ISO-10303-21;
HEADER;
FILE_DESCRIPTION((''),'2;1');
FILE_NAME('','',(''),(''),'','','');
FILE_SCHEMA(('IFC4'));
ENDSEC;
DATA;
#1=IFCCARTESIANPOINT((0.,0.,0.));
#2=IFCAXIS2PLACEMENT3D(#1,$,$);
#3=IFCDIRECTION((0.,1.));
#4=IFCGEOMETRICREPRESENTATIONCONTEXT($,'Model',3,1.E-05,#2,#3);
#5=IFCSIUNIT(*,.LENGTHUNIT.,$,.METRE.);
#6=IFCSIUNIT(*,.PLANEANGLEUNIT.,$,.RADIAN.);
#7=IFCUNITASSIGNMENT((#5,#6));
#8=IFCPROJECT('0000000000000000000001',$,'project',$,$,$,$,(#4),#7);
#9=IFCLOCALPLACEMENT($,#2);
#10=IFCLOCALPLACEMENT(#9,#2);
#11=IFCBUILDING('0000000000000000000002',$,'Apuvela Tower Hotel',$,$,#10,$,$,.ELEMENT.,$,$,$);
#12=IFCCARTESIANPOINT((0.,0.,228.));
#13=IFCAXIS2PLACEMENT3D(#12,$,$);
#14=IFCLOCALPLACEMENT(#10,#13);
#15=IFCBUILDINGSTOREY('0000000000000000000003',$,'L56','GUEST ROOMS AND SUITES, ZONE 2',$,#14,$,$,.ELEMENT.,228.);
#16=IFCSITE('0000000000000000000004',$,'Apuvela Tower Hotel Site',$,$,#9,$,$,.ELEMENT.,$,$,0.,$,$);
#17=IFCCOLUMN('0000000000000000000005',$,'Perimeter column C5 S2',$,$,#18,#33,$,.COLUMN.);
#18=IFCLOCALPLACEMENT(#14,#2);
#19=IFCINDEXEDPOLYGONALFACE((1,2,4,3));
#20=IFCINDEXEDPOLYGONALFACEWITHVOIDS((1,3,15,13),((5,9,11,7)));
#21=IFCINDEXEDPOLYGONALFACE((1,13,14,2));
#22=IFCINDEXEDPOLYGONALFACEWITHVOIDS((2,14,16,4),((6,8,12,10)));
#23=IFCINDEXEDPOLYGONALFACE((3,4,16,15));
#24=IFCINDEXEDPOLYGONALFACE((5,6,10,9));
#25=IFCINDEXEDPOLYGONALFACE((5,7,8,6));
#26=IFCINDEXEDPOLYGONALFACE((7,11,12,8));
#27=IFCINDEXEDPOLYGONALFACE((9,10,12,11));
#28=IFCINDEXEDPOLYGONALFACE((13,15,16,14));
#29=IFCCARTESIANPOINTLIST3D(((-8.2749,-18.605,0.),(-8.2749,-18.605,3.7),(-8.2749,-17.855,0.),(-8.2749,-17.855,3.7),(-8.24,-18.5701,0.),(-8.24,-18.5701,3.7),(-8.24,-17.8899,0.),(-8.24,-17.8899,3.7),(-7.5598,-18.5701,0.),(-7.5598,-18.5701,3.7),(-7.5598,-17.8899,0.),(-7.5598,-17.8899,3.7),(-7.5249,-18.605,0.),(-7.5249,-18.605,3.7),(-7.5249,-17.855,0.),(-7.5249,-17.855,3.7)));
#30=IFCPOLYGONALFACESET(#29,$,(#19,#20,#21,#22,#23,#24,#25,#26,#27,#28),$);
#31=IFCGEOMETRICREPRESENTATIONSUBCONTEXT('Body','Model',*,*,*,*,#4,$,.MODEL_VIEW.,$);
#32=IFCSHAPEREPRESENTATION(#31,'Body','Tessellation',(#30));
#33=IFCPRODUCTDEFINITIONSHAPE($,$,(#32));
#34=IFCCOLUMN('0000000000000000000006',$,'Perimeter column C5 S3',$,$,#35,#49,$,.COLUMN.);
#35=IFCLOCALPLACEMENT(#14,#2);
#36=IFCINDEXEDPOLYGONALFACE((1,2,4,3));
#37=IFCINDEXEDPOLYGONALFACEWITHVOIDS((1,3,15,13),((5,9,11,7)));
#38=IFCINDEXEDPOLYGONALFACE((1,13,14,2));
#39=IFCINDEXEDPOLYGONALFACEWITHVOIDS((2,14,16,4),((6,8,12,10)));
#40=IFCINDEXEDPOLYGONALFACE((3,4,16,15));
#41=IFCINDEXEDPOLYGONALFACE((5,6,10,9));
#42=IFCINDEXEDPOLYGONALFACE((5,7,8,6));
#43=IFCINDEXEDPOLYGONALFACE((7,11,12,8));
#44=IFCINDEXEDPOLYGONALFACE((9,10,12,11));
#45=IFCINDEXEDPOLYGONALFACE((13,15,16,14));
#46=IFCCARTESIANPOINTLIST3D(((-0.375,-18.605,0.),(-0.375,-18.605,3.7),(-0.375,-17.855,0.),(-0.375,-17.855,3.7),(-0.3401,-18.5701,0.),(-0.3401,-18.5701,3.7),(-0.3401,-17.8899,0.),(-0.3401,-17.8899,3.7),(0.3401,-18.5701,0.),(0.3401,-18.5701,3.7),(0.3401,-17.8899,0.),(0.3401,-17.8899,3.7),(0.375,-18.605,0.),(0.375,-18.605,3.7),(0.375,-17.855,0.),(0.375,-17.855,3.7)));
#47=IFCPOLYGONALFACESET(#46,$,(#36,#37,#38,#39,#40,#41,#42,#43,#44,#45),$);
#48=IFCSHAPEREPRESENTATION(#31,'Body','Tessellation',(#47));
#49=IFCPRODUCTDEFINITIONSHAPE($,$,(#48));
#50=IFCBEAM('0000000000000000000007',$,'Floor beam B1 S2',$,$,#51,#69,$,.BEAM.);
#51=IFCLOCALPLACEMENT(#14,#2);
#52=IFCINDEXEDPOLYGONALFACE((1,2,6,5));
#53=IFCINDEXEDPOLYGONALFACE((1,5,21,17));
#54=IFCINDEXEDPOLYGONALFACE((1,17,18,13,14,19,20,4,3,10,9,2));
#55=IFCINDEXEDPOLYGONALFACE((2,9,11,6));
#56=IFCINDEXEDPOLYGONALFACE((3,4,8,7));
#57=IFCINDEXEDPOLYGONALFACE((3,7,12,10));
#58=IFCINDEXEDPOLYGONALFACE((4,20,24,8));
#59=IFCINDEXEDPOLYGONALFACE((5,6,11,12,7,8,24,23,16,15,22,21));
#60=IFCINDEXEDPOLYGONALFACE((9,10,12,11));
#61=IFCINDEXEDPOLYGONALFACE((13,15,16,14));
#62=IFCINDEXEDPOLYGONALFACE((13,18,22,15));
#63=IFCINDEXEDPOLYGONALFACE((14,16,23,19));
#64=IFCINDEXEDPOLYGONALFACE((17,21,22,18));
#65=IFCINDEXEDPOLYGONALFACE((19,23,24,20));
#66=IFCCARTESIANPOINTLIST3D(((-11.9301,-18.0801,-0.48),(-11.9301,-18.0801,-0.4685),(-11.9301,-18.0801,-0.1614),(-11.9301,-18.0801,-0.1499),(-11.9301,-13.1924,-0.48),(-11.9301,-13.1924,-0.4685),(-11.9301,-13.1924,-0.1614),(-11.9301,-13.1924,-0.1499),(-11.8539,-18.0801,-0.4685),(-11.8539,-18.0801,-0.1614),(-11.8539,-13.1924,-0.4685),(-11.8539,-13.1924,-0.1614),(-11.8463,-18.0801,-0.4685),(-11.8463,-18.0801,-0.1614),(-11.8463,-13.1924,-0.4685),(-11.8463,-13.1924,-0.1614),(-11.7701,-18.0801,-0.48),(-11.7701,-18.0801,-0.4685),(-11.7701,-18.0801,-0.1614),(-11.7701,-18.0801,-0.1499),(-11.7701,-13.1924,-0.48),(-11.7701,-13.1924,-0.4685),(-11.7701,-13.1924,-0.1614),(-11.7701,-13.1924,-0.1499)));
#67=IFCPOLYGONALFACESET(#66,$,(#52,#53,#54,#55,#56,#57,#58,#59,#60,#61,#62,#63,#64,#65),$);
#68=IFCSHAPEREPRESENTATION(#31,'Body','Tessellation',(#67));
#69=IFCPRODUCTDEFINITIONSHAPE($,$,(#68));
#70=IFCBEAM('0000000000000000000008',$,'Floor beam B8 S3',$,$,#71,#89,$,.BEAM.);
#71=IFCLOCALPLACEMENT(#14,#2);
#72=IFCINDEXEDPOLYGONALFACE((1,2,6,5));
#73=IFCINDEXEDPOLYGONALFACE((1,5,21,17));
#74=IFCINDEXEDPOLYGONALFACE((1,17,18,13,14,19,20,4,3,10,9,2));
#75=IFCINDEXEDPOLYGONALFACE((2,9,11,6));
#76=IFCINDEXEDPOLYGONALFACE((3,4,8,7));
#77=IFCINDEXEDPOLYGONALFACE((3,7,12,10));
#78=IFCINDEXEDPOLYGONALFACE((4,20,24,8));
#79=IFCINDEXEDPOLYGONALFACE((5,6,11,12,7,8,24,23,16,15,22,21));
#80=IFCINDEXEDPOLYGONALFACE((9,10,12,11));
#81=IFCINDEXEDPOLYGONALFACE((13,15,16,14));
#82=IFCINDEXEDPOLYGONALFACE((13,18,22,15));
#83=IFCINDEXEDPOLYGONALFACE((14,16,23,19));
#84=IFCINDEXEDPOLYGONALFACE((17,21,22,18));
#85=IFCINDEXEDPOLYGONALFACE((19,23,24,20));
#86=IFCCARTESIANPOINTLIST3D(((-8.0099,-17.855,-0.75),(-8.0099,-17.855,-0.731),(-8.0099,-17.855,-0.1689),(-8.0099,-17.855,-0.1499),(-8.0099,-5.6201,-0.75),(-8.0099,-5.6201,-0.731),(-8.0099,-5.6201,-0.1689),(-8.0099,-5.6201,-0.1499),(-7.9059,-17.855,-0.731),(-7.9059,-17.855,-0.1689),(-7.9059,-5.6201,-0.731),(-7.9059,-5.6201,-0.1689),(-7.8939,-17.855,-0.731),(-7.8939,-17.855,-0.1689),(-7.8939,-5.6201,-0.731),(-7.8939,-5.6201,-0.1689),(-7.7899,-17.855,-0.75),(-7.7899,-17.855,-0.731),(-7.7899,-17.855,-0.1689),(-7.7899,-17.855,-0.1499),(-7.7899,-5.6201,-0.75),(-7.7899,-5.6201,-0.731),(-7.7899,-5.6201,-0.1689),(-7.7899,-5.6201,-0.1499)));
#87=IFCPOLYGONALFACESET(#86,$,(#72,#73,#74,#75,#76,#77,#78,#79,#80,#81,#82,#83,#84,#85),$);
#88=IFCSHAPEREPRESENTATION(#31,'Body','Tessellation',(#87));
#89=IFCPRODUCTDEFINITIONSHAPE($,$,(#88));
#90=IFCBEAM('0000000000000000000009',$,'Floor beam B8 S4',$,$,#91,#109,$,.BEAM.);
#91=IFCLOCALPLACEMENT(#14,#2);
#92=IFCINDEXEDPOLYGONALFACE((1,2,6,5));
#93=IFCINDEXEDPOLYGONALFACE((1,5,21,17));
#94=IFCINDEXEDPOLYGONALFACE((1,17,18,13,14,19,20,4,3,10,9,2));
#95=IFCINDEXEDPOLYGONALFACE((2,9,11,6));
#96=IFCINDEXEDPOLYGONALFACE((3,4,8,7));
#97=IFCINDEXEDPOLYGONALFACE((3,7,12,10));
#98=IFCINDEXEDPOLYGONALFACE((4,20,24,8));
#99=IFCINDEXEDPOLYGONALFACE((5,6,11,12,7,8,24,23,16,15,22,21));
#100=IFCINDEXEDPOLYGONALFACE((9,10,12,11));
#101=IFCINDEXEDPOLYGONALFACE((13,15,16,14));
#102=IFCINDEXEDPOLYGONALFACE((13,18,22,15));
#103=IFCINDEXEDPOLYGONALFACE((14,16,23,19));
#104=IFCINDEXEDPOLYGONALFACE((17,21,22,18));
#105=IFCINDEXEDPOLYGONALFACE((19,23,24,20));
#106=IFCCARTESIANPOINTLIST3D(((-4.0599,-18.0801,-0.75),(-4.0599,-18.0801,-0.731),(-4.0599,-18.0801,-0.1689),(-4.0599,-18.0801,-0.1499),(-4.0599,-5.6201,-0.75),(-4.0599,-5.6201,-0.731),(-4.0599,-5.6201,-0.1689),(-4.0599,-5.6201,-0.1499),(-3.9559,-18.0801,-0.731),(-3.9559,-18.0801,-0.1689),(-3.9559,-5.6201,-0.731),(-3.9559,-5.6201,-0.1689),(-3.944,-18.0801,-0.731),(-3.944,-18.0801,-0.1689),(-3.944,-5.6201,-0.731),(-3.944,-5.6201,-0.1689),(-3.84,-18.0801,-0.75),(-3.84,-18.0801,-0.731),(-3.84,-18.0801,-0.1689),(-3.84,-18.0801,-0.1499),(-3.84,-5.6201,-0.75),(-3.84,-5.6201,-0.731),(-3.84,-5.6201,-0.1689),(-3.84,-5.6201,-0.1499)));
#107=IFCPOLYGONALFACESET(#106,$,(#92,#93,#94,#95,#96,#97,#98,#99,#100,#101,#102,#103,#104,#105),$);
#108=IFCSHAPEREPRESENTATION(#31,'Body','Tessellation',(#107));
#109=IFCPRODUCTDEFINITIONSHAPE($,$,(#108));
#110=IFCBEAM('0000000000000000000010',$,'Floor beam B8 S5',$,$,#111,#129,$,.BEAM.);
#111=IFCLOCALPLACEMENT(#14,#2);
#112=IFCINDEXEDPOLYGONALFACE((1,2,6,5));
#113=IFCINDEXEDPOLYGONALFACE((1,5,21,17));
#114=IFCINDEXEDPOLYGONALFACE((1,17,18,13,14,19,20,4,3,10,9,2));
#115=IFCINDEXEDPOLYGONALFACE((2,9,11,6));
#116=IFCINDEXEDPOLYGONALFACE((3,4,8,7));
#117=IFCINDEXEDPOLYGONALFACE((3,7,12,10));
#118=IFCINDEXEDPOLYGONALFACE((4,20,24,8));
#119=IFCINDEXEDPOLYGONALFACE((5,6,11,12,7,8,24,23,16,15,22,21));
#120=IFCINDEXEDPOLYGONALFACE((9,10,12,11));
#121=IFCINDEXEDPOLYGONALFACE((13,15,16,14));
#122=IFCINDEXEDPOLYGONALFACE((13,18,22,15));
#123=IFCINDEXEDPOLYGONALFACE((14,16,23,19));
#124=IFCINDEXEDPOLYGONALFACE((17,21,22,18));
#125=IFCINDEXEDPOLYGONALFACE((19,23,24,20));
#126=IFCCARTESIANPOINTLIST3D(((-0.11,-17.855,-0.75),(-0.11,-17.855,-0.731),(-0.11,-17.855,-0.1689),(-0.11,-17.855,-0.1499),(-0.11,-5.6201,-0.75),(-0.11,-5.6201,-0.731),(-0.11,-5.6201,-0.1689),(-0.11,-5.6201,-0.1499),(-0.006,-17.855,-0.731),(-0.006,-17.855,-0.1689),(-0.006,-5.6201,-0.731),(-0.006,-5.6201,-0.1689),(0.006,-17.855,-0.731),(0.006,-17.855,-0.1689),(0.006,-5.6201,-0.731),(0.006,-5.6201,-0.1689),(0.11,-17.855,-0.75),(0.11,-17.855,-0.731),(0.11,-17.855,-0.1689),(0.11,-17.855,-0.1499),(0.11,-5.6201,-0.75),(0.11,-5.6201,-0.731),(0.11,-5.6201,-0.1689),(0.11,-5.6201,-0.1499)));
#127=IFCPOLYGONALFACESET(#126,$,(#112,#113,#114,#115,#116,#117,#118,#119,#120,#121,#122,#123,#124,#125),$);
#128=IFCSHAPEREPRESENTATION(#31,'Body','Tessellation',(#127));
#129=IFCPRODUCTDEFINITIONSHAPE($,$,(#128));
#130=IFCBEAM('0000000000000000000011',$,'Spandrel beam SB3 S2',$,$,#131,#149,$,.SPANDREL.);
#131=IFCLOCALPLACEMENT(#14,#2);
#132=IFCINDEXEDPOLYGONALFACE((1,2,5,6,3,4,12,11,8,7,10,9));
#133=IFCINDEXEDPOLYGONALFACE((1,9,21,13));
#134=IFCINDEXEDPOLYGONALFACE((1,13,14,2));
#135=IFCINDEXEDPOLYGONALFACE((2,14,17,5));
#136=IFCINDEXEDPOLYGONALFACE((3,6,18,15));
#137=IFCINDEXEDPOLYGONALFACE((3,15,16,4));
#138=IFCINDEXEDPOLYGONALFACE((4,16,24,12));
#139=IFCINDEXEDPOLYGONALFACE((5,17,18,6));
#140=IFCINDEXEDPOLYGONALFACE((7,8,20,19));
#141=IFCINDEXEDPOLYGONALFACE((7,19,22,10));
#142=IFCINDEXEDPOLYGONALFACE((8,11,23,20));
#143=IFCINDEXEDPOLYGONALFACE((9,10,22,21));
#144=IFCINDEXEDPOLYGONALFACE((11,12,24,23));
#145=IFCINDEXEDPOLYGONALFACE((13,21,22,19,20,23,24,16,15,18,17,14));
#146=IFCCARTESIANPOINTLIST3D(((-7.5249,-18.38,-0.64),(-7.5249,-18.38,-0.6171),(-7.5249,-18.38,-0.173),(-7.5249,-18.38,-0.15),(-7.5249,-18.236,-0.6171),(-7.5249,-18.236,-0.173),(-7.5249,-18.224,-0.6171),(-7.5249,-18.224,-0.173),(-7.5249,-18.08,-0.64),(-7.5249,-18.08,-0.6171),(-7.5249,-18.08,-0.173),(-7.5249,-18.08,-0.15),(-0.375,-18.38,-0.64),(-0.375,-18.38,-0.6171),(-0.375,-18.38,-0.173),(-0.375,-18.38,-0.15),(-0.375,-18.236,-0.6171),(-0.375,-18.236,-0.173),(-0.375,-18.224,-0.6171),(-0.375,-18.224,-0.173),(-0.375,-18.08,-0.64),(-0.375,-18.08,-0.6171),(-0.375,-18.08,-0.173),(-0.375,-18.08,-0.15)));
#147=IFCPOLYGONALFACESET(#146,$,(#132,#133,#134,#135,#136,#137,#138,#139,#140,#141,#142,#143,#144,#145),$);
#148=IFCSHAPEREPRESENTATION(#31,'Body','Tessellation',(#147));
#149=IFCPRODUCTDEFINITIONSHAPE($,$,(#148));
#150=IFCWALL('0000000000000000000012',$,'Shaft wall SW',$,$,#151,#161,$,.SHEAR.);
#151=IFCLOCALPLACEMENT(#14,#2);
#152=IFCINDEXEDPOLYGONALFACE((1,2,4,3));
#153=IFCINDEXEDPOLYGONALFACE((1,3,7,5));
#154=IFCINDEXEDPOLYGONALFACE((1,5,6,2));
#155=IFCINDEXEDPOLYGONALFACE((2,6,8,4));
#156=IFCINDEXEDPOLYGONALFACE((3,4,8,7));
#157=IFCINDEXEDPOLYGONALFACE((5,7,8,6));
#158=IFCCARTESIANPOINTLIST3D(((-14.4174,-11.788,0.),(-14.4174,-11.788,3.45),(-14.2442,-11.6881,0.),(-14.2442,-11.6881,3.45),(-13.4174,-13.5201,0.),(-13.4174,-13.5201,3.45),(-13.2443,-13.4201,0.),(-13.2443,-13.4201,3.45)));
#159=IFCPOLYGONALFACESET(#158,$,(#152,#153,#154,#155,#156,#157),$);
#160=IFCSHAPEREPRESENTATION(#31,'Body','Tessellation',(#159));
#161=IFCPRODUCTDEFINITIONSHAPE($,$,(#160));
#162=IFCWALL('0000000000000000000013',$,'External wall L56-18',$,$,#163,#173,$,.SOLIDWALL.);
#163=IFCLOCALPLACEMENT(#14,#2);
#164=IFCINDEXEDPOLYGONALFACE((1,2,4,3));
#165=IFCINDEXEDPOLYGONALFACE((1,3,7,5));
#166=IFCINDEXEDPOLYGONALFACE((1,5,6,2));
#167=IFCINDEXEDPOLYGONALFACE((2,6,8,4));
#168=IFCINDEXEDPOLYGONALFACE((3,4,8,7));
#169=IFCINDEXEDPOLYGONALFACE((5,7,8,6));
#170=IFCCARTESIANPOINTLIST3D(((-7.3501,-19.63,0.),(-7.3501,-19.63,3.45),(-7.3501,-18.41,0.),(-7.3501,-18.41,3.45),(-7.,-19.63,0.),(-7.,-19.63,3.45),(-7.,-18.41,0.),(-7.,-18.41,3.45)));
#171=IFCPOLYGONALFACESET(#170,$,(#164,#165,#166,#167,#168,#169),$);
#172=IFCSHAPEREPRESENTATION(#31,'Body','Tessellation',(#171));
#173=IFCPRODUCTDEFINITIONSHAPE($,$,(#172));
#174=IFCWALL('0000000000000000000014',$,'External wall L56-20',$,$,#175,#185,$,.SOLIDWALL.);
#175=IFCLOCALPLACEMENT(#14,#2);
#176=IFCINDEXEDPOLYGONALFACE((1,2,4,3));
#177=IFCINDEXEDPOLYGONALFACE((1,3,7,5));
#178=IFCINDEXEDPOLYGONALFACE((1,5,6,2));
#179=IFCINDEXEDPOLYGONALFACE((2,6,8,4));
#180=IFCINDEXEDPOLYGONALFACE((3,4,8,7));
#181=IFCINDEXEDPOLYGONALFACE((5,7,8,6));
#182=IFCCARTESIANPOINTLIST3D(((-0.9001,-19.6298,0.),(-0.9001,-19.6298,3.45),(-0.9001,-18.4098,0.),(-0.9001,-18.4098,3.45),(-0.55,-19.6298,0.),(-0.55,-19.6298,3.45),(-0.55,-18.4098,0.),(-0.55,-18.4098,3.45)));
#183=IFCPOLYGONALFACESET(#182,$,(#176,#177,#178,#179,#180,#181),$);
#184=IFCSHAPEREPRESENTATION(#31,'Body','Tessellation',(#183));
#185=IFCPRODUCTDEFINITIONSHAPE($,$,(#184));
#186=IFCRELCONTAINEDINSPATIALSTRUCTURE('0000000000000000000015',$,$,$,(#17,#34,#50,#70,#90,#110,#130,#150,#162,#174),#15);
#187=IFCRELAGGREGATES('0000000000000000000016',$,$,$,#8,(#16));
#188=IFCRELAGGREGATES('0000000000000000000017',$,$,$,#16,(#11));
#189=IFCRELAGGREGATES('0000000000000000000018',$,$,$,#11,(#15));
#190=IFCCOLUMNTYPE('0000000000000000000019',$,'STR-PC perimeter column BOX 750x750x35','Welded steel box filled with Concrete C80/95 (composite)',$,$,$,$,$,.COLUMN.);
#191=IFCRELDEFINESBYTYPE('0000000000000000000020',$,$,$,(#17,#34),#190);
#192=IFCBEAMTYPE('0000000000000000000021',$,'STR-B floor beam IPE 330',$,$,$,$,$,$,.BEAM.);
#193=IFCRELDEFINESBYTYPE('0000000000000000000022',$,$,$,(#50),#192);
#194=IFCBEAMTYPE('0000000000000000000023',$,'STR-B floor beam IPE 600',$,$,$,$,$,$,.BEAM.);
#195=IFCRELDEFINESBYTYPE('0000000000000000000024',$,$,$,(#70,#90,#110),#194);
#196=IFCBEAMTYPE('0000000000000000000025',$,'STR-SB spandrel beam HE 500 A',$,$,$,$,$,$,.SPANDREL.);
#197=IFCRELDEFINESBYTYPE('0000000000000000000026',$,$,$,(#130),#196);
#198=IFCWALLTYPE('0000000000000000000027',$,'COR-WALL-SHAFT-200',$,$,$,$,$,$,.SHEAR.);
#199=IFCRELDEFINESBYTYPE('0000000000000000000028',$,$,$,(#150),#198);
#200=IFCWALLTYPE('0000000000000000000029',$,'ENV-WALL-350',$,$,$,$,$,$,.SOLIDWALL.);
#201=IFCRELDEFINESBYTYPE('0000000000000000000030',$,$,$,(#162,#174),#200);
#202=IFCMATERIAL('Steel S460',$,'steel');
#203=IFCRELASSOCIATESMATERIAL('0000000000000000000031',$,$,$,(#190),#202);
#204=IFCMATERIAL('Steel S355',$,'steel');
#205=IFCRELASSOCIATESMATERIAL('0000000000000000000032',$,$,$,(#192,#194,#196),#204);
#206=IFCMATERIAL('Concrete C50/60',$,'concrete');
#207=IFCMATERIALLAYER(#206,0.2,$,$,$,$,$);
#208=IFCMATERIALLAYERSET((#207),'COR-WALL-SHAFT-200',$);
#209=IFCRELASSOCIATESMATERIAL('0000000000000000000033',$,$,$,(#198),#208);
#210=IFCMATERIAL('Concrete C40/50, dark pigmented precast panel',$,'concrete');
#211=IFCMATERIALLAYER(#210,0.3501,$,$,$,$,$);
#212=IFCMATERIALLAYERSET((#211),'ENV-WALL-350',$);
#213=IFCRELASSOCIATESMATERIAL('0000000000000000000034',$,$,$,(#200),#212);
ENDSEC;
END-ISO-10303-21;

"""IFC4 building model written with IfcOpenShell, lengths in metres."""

from ifc_helpers import new_model, si_unit, direction, frame, frame_2d, origin, origin_2d, place, context, subcontext, project, spatial, rectangle, hollow_rectangle, i_section, extrude, material, layer, layer_set, material_profile, profile_set, type_object, element, save


model = new_model("IFC4")

# Units and contexts
model_context = context("Model", 3, precision=1e-05, world=origin(), true_north=direction((0.0, 1.0)))
body_context = subcontext(model_context, "Body", "Model", "MODEL_VIEW")
ifc_project = project(units=[si_unit("LENGTHUNIT", "METRE"), si_unit("PLANEANGLEUNIT", "RADIAN")], contexts=[model_context])

# Site, building, storey
site_placement = place(None, origin())
site = spatial("IfcSite", under=ifc_project, at=site_placement, Name="Apuvela Tower Hotel Site", CompositionType="ELEMENT", RefElevation=0.0)
building_placement = place(site_placement, origin())
building = spatial("IfcBuilding", under=site, at=building_placement, Name="Apuvela Tower Hotel", CompositionType="ELEMENT")
storey_placement = place(building_placement, frame((0.0, 0.0, 228.0)))
storey = spatial("IfcBuildingStorey", under=building, at=storey_placement, Name="L56", Description="GUEST ROOMS AND SUITES, ZONE 2", CompositionType="ELEMENT", Elevation=228.0)

# Columns
ifc_material_1 = material(Name="Steel S460", Category="steel")
ifc_material_profile_1 = material_profile(ifc_material_1, hollow_rectangle(XDim=0.75, YDim=0.75, WallThickness=0.0349, at=origin_2d()), Name="BOX 750x750x35")
ifc_material_2 = material(Name="Concrete C80/95", Category="concrete")
ifc_material_profile_2 = material_profile(ifc_material_2, rectangle(XDim=0.6799, YDim=0.6799, at=origin_2d()), Name="Concrete C80/95 infill")
ifc_profile_set_1 = profile_set([ifc_material_profile_1, ifc_material_profile_2], Name="Steel S460")
column_type = type_object("IfcColumnType", Name="STR-PC perimeter column BOX 750x750x35", Description="Welded steel box filled with Concrete C80/95 (composite)", PredefinedType="COLUMN", material=ifc_profile_set_1)
for number, where, z_axis, x_axis, name in (
    (1, (-7.8999, -18.23, 0.0), (0.0, 0.0, 1.0), (-1.0, 0.0, 0.0), "Perimeter column C5 S2"),
    (2, (0.0, -18.23, 0.0), (0.0, 0.0, 1.0), (-1.0, 0.0, 0.0), "Perimeter column C5 S3"),
):
    element("IfcColumn", number, at=place(storey_placement, frame(where, z_axis=z_axis, x_axis=x_axis)), inside=storey, type_object=column_type, Name=name, PredefinedType="COLUMN", context=body_context, shape_type="SweptSolid", body=[
        extrude(hollow_rectangle(XDim=0.75, YDim=0.75, WallThickness=0.0349, at=origin_2d()), origin(), (0.0, 0.0, 1.0), 3.7),
    ])

# Beams
ifc_material_3 = material(Name="Steel S355", Category="steel")
ifc_material_profile_3 = material_profile(ifc_material_3, i_section(OverallWidth=0.1599, OverallDepth=0.3301, WebThickness=0.0076, FlangeThickness=0.0115, at=origin_2d()), Name="IPE 330")
ifc_profile_set_2 = profile_set([ifc_material_profile_3], Name="Steel S355")
beam_type_1 = type_object("IfcBeamType", Name="STR-B floor beam IPE 330", PredefinedType="BEAM", material=ifc_profile_set_2)
beam_1_placement = place(storey_placement, frame((-11.8501, -18.0801, -0.3149), z_axis=(0.0, 1.0, 0.0), x_axis=(-1.0, 0.0, 0.0)))
element("IfcBeam", 3, at=beam_1_placement, inside=storey, type_object=beam_type_1, Name="Floor beam B1 S2", PredefinedType="BEAM", context=body_context, shape_type="SweptSolid", body=[
    extrude(i_section(OverallWidth=0.1599, OverallDepth=0.3301, WebThickness=0.0076, FlangeThickness=0.0115, at=origin_2d()), origin(), (0.0, 0.0, 1.0), 4.8877),
])
ifc_material_profile_4 = material_profile(ifc_material_3, i_section(OverallWidth=0.22, OverallDepth=0.6001, WebThickness=0.012, FlangeThickness=0.019, at=origin_2d()), Name="IPE 600")
ifc_profile_set_3 = profile_set([ifc_material_profile_4], Name="Steel S355")
beam_type_2 = type_object("IfcBeamType", Name="STR-B floor beam IPE 600", PredefinedType="BEAM", material=ifc_profile_set_3)
beam_2_placement = place(storey_placement, frame((-7.8999, -17.855, -0.45), z_axis=(0.0, 1.0, 0.0), x_axis=(-1.0, 0.0, 0.0)))
element("IfcBeam", 4, at=beam_2_placement, inside=storey, type_object=beam_type_2, Name="Floor beam B8 S3", PredefinedType="BEAM", context=body_context, shape_type="SweptSolid", body=[
    extrude(i_section(OverallWidth=0.22, OverallDepth=0.6001, WebThickness=0.012, FlangeThickness=0.019, at=origin_2d()), origin(), (0.0, 0.0, 1.0), 12.2349),
])
beam_3_placement = place(storey_placement, frame((-3.95, -18.0801, -0.45), z_axis=(0.0, 1.0, 0.0), x_axis=(-1.0, 0.0, 0.0)))
element("IfcBeam", 5, at=beam_3_placement, inside=storey, type_object=beam_type_2, Name="Floor beam B8 S4", PredefinedType="BEAM", context=body_context, shape_type="SweptSolid", body=[
    extrude(i_section(OverallWidth=0.22, OverallDepth=0.6001, WebThickness=0.012, FlangeThickness=0.019, at=origin_2d()), origin(), (0.0, 0.0, 1.0), 12.46),
])
beam_4_placement = place(storey_placement, frame((0.0, -17.855, -0.45), z_axis=(0.0, 1.0, 0.0), x_axis=(-1.0, 0.0, 0.0)))
element("IfcBeam", 6, at=beam_4_placement, inside=storey, type_object=beam_type_2, Name="Floor beam B8 S5", PredefinedType="BEAM", context=body_context, shape_type="SweptSolid", body=[
    extrude(i_section(OverallWidth=0.22, OverallDepth=0.6001, WebThickness=0.012, FlangeThickness=0.019, at=origin_2d()), origin(), (0.0, 0.0, 1.0), 12.2349),
])
ifc_material_profile_5 = material_profile(ifc_material_3, i_section(OverallWidth=0.3, OverallDepth=0.49, WebThickness=0.012, FlangeThickness=0.0229, at=origin_2d()), Name="HE 500 A")
ifc_profile_set_4 = profile_set([ifc_material_profile_5], Name="Steel S355")
beam_type_3 = type_object("IfcBeamType", Name="STR-SB spandrel beam HE 500 A", PredefinedType="SPANDREL", material=ifc_profile_set_4)
beam_5_placement = place(storey_placement, frame((-7.5249, -18.23, -0.395), z_axis=(1.0, 0.0, 0.0), x_axis=(0.0, 1.0, 0.0)))
element("IfcBeam", 7, at=beam_5_placement, inside=storey, type_object=beam_type_3, Name="Spandrel beam SB3 S2", PredefinedType="SPANDREL", context=body_context, shape_type="SweptSolid", body=[
    extrude(i_section(OverallWidth=0.3, OverallDepth=0.49, WebThickness=0.012, FlangeThickness=0.0229, at=origin_2d()), origin(), (0.0, 0.0, 1.0), 7.1499),
])

# Walls
ifc_material_4 = material(Name="Concrete C50/60", Category="concrete")
ifc_layer_1 = layer(ifc_material_4, 0.2)
ifc_layer_set_1 = layer_set([ifc_layer_1], Name="COR-WALL-SHAFT-200")
wall_type_1 = type_object("IfcWallType", Name="COR-WALL-SHAFT-200", PredefinedType="SHEAR", material=ifc_layer_set_1)
wall_1_placement = place(storey_placement, frame((-14.3308, -11.738, 0.0), z_axis=(0.0, 0.0, 1.0), x_axis=(0.499973, -0.866041, 0.0)))
element("IfcWall", 8, at=wall_1_placement, inside=storey, type_object=wall_type_1, Name="Shaft wall SW", PredefinedType="SHEAR", context=body_context, shape_type="SweptSolid", body=[
    extrude(rectangle(XDim=2.0, YDim=0.2, at=frame_2d((1.0, 0.0))), origin(), (0.0, 0.0, 1.0), 3.45),
])
ifc_material_5 = material(Name="Concrete C40/50, dark pigmented precast panel", Category="concrete")
ifc_layer_2 = layer(ifc_material_5, 0.3501)
ifc_layer_set_2 = layer_set([ifc_layer_2], Name="ENV-WALL-350")
wall_type_2 = type_object("IfcWallType", Name="ENV-WALL-350", PredefinedType="SOLIDWALL", material=ifc_layer_set_2)
wall_2_placement = place(storey_placement, frame((-7.175, -19.6299, 0.0), z_axis=(0.0, 0.0, 1.0), x_axis=(0.0, 1.0, 0.0)))
element("IfcWall", 9, at=wall_2_placement, inside=storey, type_object=wall_type_2, Name="External wall L56-18", PredefinedType="SOLIDWALL", context=body_context, shape_type="SweptSolid", body=[
    extrude(rectangle(XDim=1.22, YDim=0.3501, at=frame_2d((0.6099, 0.0))), origin(), (0.0, 0.0, 1.0), 3.45),
])

# Wall
wall_3_placement = place(storey_placement, frame((-0.7251, -18.4099, 0.0), z_axis=(0.0, 0.0, 1.0), x_axis=(0.0, -1.0, 0.0)))
element("IfcWall", 10, at=wall_3_placement, inside=storey, type_object=wall_type_2, Name="External wall L56-20", PredefinedType="SOLIDWALL", context=body_context, shape_type="SweptSolid", body=[
    extrude(rectangle(XDim=1.22, YDim=0.3501, at=frame_2d((0.6099, 0.0))), origin(), (0.0, 0.0, 1.0), 3.45),
])

save(model, "model.ifc")
